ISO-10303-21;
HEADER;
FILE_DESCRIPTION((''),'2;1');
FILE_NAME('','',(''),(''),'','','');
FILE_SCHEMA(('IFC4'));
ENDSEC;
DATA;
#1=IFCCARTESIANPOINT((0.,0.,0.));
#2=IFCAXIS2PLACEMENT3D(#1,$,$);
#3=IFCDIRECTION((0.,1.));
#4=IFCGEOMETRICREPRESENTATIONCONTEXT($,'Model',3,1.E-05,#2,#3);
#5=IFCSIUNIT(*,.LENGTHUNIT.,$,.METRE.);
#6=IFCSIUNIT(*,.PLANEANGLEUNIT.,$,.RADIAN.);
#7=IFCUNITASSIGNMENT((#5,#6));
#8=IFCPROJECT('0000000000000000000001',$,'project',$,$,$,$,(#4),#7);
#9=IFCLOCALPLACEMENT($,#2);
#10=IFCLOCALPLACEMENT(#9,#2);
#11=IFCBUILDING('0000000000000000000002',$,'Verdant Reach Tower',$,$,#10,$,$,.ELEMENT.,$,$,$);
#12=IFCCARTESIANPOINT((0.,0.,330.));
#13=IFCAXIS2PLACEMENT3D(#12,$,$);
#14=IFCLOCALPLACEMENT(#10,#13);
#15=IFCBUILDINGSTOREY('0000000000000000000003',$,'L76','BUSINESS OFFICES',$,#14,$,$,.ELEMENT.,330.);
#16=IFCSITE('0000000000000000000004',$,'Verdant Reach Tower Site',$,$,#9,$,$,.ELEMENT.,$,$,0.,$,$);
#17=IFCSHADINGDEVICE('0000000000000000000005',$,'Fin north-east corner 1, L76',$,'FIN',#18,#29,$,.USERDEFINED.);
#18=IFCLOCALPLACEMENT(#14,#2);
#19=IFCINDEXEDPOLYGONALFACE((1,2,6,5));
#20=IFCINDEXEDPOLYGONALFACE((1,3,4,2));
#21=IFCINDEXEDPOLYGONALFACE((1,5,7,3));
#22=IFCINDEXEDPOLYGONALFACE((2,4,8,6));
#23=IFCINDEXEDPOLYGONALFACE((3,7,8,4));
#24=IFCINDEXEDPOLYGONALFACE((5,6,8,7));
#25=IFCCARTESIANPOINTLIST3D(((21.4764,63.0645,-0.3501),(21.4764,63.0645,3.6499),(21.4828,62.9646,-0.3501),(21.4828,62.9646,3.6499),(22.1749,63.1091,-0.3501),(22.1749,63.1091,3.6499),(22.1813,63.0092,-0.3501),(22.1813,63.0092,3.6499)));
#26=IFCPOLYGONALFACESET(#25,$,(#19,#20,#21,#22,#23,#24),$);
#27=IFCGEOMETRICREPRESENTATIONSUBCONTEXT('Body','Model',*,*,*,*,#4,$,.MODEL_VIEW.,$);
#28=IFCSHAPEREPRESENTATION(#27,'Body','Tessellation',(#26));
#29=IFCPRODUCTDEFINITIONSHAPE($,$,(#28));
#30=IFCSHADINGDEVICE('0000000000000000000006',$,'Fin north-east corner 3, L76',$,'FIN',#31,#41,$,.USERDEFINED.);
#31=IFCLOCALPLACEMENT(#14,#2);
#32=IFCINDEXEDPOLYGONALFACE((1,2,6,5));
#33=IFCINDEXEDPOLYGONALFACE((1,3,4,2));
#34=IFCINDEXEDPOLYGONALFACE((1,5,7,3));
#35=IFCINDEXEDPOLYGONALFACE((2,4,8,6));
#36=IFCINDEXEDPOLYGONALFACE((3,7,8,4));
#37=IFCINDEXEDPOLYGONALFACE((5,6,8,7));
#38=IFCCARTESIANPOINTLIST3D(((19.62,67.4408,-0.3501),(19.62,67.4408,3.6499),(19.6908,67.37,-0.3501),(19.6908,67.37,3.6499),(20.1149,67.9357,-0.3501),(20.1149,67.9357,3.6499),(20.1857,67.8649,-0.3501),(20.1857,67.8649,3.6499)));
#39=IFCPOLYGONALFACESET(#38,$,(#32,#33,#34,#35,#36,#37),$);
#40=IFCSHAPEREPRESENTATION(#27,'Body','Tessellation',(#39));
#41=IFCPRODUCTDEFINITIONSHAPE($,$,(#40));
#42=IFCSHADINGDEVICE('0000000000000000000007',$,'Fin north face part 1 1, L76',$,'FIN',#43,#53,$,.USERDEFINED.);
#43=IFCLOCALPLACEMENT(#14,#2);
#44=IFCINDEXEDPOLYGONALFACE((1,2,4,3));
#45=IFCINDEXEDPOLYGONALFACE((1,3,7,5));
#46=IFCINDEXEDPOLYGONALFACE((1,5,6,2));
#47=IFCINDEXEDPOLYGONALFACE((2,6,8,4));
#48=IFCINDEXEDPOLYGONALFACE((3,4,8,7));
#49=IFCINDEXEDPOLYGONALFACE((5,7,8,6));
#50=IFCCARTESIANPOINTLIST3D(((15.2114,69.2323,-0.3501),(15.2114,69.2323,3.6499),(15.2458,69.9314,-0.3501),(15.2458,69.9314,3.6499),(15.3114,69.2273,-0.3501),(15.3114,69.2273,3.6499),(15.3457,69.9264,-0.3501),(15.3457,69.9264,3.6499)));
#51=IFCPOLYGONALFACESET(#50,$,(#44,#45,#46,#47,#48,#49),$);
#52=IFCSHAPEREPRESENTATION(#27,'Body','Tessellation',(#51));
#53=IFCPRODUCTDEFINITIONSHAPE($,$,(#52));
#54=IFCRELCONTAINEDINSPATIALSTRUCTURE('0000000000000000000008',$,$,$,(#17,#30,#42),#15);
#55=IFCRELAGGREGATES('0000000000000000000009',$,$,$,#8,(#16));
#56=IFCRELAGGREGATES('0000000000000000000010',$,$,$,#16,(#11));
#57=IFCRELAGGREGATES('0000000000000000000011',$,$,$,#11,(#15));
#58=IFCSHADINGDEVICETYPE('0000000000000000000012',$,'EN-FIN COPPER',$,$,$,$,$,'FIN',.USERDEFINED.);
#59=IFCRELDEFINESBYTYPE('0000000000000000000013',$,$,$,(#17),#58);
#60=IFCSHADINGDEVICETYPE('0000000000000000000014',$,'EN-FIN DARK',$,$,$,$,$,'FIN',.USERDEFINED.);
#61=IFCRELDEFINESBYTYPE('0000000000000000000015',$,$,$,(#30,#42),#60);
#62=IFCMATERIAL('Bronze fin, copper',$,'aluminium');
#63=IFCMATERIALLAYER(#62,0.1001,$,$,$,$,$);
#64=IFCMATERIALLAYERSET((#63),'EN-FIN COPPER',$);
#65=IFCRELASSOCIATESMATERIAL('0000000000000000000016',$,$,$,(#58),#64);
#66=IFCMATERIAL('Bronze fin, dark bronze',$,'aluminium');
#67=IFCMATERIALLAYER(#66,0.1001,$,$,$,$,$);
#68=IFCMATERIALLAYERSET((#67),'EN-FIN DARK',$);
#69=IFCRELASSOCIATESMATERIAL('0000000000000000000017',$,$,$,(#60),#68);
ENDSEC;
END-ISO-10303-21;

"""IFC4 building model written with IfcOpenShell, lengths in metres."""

from ifc_helpers import new_model, si_unit, direction, frame, origin, origin_2d, place, context, subcontext, project, spatial, rectangle, extrude, material, layer, layer_set, type_object, element, save


model = new_model("IFC4")

# Units and contexts
model_context = context("Model", 3, precision=1e-05, world=origin(), true_north=direction((0.0, 1.0)))
body_context = subcontext(model_context, "Body", "Model", "MODEL_VIEW")
ifc_project = project(units=[si_unit("LENGTHUNIT", "METRE"), si_unit("PLANEANGLEUNIT", "RADIAN")], contexts=[model_context])

# Site, building, storey
site_placement = place(None, origin())
site = spatial("IfcSite", under=ifc_project, at=site_placement, Name="Verdant Reach Tower Site", CompositionType="ELEMENT", RefElevation=0.0)
building_placement = place(site_placement, origin())
building = spatial("IfcBuilding", under=site, at=building_placement, Name="Verdant Reach Tower", CompositionType="ELEMENT")
storey_placement = place(building_placement, frame((0.0, 0.0, 330.0)))
storey = spatial("IfcBuildingStorey", under=building, at=storey_placement, Name="L76", Description="BUSINESS OFFICES", CompositionType="ELEMENT", Elevation=330.0)

# Shading devices
ifc_material_1 = material(Name="Bronze fin, copper", Category="aluminium")
ifc_layer_1 = layer(ifc_material_1, 0.1001)
ifc_layer_set_1 = layer_set([ifc_layer_1], Name="EN-FIN COPPER")
shading_device_type_1 = type_object("IfcShadingDeviceType", Name="EN-FIN COPPER", ElementType="FIN", PredefinedType="USERDEFINED", material=ifc_layer_set_1)
shading_device_1_placement = place(storey_placement, frame((21.8289, 63.0369, -0.3501), z_axis=(0.0, 0.0, 1.0), x_axis=(-0.063699, 0.997969, 0.0)))
element("IfcShadingDevice", 1, at=shading_device_1_placement, inside=storey, type_object=shading_device_type_1, Name="Fin north-east corner 1, L76", ObjectType="FIN", PredefinedType="USERDEFINED", context=body_context, shape_type="SweptSolid", body=[
    extrude(rectangle(XDim=0.1001, YDim=0.7, at=origin_2d()), origin(), (0.0, 0.0, 1.0), 4.0),
])
ifc_material_2 = material(Name="Bronze fin, dark bronze", Category="aluminium")
ifc_layer_2 = layer(ifc_material_2, 0.1001)
ifc_layer_set_2 = layer_set([ifc_layer_2], Name="EN-FIN DARK")
shading_device_type_2 = type_object("IfcShadingDeviceType", Name="EN-FIN DARK", ElementType="FIN", PredefinedType="USERDEFINED", material=ifc_layer_set_2)
for number, where, z_axis, x_axis, name in (
    (2, (19.9028, 67.6528, -0.3501), (0.0, 0.0, 1.0), (-0.707107, 0.707107, 0.0), "Fin north-east corner 3, L76"),
    (3, (15.2786, 69.5793, -0.3501), (0.0, 0.0, 1.0), (-0.998793, 0.049128, 0.0), "Fin north face part 1 1, L76"),
):
    element("IfcShadingDevice", number, at=place(storey_placement, frame(where, z_axis=z_axis, x_axis=x_axis)), inside=storey, type_object=shading_device_type_2, Name=name, ObjectType="FIN", PredefinedType="USERDEFINED", context=body_context, shape_type="SweptSolid", body=[
        extrude(rectangle(XDim=0.1001, YDim=0.7, at=origin_2d()), origin(), (0.0, 0.0, 1.0), 4.0),
    ])

save(model, "model.ifc")
